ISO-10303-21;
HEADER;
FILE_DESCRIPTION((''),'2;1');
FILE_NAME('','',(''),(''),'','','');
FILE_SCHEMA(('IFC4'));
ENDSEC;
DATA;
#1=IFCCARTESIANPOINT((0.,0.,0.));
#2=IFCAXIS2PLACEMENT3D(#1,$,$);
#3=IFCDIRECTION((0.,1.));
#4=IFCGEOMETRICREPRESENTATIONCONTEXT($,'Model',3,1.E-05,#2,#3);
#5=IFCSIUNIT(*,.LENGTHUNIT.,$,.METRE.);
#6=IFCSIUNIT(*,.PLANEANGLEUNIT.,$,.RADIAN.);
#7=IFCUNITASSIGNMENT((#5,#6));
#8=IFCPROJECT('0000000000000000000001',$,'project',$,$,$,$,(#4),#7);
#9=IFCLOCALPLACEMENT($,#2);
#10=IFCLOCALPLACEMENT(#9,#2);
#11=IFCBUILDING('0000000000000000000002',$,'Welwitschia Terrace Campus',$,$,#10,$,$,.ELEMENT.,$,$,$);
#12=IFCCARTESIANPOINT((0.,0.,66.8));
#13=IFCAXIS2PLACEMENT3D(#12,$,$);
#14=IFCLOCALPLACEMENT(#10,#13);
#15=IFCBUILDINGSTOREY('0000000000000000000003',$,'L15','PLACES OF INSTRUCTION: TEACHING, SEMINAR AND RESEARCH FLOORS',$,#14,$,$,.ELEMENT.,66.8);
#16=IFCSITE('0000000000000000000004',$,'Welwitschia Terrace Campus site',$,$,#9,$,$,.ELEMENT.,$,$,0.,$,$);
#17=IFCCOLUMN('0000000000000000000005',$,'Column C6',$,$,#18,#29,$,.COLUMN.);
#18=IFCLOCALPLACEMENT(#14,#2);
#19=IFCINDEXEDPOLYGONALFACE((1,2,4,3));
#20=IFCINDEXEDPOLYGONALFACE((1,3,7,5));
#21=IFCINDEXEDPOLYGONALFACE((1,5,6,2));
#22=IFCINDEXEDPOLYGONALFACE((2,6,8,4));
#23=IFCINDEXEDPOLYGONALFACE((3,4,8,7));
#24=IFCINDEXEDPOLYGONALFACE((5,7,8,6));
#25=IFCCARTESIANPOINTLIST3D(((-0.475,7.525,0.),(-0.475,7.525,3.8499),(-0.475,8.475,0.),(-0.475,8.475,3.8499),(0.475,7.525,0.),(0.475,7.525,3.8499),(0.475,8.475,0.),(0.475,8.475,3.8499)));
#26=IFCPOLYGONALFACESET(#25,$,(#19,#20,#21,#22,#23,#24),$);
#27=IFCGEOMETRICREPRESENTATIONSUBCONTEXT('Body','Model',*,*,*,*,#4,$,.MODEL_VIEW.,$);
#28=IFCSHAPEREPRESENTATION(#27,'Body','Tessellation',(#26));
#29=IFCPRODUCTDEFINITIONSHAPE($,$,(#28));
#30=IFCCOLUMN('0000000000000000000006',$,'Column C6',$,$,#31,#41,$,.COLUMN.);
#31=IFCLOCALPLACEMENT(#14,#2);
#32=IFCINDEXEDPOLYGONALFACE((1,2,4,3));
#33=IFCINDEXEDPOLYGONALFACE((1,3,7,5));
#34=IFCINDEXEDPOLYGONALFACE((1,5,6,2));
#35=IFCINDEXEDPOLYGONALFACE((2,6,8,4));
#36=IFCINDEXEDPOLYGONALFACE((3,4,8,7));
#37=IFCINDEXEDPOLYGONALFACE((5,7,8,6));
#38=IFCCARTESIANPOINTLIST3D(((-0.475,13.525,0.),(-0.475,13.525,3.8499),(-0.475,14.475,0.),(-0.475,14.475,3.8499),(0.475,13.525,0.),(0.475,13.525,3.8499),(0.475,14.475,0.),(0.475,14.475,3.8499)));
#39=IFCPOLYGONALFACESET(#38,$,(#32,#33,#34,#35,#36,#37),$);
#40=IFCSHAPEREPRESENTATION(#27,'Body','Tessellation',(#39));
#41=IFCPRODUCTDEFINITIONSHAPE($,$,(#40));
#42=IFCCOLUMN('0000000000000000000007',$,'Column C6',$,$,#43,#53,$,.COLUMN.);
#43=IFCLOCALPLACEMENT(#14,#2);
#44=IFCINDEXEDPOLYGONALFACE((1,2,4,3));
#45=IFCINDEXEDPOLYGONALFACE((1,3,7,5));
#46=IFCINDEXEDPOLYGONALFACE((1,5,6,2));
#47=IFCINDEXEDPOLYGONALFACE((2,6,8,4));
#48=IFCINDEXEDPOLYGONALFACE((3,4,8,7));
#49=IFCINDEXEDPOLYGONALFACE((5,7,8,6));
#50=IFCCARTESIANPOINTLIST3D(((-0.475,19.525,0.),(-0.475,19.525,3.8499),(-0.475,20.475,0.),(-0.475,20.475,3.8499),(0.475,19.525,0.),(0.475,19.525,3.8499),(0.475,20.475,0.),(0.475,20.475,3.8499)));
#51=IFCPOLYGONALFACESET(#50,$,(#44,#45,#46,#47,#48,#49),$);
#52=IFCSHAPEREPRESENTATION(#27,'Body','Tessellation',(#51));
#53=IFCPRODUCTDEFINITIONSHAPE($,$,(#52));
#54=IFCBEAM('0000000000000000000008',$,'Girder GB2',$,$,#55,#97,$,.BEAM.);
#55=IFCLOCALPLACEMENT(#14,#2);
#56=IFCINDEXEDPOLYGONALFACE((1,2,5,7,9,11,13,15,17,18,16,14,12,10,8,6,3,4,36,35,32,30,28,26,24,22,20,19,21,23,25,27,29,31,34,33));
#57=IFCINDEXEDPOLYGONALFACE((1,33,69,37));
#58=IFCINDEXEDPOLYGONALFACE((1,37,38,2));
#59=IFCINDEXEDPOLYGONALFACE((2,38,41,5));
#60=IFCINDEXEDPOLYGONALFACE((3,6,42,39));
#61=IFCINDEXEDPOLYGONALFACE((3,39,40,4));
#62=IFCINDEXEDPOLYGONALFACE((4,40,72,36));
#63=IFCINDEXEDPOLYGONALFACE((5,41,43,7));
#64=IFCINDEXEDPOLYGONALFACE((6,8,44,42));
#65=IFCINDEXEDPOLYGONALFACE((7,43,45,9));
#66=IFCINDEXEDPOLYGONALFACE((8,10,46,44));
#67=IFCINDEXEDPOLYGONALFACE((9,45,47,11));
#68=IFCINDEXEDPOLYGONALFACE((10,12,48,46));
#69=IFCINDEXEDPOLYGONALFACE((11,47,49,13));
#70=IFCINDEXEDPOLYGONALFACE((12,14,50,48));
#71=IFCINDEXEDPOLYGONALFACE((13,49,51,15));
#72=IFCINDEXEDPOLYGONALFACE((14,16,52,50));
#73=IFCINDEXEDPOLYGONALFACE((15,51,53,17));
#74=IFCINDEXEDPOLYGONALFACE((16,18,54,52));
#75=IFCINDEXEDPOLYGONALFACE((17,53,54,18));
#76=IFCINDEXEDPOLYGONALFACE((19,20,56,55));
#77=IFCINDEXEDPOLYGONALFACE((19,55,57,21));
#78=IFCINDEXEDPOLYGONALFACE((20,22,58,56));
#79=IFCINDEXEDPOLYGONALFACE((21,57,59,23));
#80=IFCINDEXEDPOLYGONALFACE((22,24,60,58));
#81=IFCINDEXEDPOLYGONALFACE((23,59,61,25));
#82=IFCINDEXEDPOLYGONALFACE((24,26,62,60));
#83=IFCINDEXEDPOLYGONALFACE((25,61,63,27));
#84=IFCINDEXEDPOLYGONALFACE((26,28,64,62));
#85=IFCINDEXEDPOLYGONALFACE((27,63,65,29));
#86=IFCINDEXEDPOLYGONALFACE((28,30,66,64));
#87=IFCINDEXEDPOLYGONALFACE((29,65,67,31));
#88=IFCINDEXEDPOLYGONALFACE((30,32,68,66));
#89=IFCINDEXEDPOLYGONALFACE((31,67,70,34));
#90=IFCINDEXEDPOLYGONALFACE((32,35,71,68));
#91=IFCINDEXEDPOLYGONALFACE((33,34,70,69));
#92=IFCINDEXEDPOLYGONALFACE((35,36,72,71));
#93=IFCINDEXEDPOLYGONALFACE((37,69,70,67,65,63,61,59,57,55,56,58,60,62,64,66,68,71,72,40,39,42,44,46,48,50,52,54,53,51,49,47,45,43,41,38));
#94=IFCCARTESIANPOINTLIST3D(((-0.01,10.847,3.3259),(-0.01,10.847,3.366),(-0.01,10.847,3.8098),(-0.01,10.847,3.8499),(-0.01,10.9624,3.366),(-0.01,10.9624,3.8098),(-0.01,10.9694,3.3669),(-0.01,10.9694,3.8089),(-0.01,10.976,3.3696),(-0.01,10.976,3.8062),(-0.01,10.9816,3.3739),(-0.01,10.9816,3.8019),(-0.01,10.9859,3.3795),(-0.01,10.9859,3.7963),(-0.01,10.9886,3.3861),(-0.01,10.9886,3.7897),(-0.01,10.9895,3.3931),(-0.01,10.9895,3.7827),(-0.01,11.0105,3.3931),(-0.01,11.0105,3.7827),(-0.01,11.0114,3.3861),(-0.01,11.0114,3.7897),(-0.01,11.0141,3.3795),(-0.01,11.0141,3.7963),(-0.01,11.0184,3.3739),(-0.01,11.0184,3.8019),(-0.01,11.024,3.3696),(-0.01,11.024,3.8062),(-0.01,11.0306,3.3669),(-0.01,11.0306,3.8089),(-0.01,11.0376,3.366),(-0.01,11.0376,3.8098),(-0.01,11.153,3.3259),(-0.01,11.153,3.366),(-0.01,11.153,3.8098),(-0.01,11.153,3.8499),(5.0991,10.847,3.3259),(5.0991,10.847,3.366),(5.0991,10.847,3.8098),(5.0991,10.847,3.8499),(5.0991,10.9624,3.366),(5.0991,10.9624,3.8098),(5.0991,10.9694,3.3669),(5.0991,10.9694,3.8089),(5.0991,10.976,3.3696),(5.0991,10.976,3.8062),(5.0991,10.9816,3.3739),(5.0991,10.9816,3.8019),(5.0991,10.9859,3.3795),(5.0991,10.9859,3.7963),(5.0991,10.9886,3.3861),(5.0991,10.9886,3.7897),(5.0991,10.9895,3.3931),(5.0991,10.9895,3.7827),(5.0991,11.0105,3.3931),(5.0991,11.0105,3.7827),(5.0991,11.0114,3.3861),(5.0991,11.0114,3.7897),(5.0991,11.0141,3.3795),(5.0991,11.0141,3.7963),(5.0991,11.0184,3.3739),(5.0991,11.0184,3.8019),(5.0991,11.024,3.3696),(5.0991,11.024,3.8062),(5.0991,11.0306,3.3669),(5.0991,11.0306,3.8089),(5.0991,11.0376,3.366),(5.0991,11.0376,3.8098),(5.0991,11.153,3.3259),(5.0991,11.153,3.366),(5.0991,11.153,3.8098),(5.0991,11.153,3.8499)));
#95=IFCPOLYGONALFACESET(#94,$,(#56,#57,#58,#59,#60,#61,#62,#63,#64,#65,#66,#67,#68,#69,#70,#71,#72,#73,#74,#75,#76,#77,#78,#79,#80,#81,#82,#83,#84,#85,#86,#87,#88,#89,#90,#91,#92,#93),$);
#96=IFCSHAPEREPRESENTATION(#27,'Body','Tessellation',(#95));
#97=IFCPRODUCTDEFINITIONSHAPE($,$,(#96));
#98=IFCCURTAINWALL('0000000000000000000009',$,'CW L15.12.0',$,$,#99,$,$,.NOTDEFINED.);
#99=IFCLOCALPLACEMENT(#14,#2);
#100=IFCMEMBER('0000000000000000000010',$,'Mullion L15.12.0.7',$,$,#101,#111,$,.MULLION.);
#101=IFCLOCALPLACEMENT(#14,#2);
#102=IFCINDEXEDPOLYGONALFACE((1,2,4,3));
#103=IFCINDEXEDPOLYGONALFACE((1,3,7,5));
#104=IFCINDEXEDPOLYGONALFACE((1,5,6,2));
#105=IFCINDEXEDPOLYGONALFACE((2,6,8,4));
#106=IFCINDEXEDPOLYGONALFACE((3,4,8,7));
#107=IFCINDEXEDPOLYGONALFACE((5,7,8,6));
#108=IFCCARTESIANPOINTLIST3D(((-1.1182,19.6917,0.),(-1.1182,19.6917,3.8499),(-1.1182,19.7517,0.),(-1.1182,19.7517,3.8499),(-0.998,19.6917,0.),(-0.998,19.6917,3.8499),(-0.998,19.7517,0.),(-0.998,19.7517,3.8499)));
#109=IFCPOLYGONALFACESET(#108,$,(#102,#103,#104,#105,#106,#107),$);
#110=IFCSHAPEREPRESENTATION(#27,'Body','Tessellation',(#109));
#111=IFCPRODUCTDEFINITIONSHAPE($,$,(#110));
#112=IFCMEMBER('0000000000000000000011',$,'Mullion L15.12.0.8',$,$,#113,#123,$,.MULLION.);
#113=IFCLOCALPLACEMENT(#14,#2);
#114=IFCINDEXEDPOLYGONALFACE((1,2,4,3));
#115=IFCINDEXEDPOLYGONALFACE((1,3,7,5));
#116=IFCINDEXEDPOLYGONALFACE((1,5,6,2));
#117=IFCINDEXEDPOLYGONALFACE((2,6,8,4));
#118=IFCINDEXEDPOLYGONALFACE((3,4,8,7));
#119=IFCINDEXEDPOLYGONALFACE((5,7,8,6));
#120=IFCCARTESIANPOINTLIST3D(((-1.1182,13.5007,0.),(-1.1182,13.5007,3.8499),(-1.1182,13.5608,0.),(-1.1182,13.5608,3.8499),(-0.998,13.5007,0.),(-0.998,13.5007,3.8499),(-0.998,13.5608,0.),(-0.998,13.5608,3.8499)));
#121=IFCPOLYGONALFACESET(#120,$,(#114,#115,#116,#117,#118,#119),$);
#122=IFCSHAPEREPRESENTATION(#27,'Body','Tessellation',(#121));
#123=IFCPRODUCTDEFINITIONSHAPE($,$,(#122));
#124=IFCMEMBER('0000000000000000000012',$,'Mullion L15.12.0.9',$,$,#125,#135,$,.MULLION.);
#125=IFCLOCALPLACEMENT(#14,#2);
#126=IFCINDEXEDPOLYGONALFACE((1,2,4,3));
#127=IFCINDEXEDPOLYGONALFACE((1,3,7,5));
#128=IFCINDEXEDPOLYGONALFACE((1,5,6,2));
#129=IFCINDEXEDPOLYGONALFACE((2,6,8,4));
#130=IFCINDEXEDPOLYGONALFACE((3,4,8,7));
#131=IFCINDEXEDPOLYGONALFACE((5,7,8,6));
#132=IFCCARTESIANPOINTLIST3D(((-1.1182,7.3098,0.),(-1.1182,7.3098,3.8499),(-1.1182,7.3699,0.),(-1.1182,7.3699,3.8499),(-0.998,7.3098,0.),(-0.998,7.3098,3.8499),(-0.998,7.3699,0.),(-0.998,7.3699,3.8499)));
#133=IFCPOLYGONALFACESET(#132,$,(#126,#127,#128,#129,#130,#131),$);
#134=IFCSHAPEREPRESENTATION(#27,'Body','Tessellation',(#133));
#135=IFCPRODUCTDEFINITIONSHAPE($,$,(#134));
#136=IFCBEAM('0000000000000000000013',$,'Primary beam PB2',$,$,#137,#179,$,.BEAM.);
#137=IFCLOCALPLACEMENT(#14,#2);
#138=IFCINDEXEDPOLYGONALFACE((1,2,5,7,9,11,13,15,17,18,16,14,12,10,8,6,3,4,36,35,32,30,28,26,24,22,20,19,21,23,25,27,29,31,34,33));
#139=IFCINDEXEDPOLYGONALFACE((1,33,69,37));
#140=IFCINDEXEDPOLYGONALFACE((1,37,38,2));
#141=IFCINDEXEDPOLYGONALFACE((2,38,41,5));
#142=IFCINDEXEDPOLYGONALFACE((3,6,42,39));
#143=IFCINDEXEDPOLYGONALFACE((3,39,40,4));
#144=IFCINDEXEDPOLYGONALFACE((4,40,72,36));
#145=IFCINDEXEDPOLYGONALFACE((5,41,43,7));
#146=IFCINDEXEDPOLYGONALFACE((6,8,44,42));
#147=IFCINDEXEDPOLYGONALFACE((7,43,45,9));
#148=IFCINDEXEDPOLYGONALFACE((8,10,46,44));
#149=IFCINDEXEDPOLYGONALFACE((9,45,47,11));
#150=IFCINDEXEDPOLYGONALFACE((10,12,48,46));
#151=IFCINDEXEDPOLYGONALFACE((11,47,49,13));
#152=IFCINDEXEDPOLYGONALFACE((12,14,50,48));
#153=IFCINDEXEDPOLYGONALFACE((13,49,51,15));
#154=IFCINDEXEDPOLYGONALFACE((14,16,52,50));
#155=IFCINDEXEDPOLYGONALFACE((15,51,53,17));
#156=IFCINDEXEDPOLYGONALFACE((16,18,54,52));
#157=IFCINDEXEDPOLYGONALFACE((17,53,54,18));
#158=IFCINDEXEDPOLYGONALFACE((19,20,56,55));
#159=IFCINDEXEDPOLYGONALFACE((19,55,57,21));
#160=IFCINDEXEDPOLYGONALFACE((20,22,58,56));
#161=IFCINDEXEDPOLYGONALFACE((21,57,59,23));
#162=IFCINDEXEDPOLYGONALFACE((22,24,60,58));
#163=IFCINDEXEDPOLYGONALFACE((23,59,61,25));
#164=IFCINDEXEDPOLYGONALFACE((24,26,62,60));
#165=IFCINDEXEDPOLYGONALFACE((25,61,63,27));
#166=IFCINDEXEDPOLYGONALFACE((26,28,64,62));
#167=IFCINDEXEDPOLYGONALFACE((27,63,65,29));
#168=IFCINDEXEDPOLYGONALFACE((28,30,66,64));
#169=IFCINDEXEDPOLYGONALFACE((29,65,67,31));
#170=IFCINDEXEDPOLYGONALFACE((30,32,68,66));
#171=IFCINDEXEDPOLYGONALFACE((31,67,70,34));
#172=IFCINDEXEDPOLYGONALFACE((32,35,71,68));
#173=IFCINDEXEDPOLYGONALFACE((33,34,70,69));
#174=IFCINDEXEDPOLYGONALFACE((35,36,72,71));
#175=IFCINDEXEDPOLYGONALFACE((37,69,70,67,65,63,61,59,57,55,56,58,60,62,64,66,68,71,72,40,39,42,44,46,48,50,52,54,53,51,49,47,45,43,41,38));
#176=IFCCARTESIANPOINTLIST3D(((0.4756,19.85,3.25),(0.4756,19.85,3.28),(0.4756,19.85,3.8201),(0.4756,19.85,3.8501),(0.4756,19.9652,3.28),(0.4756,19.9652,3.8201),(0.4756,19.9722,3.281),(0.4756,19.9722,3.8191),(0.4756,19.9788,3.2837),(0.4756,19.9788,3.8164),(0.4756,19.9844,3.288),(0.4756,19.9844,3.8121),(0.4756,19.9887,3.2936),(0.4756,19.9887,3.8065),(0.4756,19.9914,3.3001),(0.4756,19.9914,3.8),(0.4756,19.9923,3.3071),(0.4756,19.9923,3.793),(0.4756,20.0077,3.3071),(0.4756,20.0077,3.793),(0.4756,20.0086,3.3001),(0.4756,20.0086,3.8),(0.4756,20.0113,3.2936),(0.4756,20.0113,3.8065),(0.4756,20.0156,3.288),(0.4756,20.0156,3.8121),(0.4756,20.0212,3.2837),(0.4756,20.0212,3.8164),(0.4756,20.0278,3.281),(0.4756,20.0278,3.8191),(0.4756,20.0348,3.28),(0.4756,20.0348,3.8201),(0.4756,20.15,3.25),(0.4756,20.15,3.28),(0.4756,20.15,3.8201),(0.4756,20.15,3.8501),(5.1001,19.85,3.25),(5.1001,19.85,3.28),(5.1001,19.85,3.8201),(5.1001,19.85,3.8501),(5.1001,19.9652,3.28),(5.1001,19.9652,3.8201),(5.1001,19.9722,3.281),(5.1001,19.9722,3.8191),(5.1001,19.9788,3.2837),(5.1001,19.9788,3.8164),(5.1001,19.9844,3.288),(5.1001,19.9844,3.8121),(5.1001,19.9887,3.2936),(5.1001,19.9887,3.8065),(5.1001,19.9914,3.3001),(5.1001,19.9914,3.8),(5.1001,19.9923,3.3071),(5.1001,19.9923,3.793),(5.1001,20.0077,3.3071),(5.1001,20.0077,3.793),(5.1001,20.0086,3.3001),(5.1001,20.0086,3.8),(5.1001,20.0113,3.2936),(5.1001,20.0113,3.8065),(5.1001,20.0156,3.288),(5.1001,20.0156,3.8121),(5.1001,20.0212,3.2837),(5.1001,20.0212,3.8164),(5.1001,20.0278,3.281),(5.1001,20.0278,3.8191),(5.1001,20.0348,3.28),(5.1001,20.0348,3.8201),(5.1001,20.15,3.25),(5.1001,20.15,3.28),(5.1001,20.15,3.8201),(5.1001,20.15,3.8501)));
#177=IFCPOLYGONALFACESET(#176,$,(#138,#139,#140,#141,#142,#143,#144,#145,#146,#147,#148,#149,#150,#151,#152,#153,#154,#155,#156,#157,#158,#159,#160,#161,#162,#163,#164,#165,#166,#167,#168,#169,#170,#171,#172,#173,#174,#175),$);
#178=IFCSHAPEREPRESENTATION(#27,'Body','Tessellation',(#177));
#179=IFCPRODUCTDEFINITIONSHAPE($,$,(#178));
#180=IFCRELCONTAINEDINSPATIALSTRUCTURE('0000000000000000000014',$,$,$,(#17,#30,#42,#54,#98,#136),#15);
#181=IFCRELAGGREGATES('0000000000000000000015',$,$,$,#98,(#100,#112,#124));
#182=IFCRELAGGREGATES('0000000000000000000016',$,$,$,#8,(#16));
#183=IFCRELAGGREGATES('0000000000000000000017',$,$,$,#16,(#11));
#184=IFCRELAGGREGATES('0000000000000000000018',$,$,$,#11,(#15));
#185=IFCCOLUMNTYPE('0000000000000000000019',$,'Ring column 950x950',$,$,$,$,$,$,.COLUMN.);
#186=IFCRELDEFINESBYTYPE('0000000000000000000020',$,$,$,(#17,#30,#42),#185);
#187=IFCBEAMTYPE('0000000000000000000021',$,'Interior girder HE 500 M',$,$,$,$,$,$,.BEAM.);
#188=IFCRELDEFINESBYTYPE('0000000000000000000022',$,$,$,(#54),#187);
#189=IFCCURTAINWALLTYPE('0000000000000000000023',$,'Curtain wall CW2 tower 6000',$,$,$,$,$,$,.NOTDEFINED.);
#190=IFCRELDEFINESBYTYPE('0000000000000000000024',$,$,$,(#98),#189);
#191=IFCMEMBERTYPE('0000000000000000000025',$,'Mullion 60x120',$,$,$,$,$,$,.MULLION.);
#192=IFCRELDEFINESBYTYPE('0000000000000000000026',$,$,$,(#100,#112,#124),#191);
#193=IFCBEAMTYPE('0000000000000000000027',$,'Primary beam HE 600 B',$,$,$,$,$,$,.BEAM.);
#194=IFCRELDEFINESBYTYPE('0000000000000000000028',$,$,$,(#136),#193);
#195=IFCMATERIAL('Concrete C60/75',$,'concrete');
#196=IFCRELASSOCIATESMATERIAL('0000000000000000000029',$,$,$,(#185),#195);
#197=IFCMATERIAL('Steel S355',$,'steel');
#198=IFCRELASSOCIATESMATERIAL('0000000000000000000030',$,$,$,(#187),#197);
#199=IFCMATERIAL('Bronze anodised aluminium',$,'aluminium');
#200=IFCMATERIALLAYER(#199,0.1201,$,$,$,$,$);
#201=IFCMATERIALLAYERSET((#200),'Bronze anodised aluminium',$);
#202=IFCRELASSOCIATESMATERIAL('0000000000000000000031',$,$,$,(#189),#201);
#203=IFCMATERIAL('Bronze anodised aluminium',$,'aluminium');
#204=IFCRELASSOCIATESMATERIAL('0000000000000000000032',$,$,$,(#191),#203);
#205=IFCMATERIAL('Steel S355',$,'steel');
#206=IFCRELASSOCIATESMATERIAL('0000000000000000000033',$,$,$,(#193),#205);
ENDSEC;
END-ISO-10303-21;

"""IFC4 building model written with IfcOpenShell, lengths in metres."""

from ifc_helpers import new_model, si_unit, direction, frame, origin, origin_2d, place, context, subcontext, project, spatial, rectangle, i_section, extrude, material, layer, layer_set, material_profile, profile_set, type_object, element, aggregate, save


model = new_model("IFC4")

# Units and contexts
model_context = context("Model", 3, precision=1e-05, world=origin(), true_north=direction((0.0, 1.0)))
body_context = subcontext(model_context, "Body", "Model", "MODEL_VIEW")
ifc_project = project(units=[si_unit("LENGTHUNIT", "METRE"), si_unit("PLANEANGLEUNIT", "RADIAN")], contexts=[model_context])

# Site, building, storey
site_placement = place(None, origin())
site = spatial("IfcSite", under=ifc_project, at=site_placement, Name="Welwitschia Terrace Campus site", CompositionType="ELEMENT", RefElevation=0.0)
building_placement = place(site_placement, origin())
building = spatial("IfcBuilding", under=site, at=building_placement, Name="Welwitschia Terrace Campus", CompositionType="ELEMENT")
storey_placement = place(building_placement, frame((0.0, 0.0, 66.8)))
storey = spatial("IfcBuildingStorey", under=building, at=storey_placement, Name="L15", Description="PLACES OF INSTRUCTION: TEACHING, SEMINAR AND RESEARCH FLOORS", CompositionType="ELEMENT", Elevation=66.8)

# Columns
ifc_material_1 = material(Name="Concrete C60/75", Category="concrete")
ifc_material_profile_1 = material_profile(ifc_material_1, rectangle(XDim=0.95, YDim=0.95, at=origin_2d()))
ifc_profile_set_1 = profile_set([ifc_material_profile_1], Name="Concrete C60/75")
column_type = type_object("IfcColumnType", Name="Ring column 950x950", PredefinedType="COLUMN", material=ifc_profile_set_1)
for number, where, z_axis, x_axis, name in (
    (1, (0.0, 8.0, 0.0), (0.0, 0.0, 1.0), (1.0, 0.0, 0.0), "Column C6"),
    (2, (0.0, 14.0, 0.0), (0.0, 0.0, 1.0), (1.0, 0.0, 0.0), "Column C6"),
    (3, (0.0, 20.0, 0.0), (0.0, 0.0, 1.0), (1.0, 0.0, 0.0), "Column C6"),
):
    element("IfcColumn", number, at=place(storey_placement, frame(where, z_axis=z_axis, x_axis=x_axis)), inside=storey, type_object=column_type, Name=name, PredefinedType="COLUMN", context=body_context, shape_type="SweptSolid", body=[
        extrude(rectangle(XDim=0.95, YDim=0.95, at=origin_2d()), origin(), (0.0, 0.0, 1.0), 3.8499),
    ])

# Beam
ifc_material_2 = material(Name="Steel S355", Category="steel")
ifc_material_profile_2 = material_profile(ifc_material_2, i_section(OverallWidth=0.3059, OverallDepth=0.5239, WebThickness=0.021, FlangeThickness=0.04, FilletRadius=0.0271, at=origin_2d()))
ifc_profile_set_2 = profile_set([ifc_material_profile_2], Name="Steel S355")
beam_type_1 = type_object("IfcBeamType", Name="Interior girder HE 500 M", PredefinedType="BEAM", material=ifc_profile_set_2)
beam_1_placement = place(storey_placement, frame((-0.01, 11.0, 3.5879), z_axis=(1.0, 0.0, 0.0), x_axis=(0.0, 1.0, 0.0)))
element("IfcBeam", 4, at=beam_1_placement, inside=storey, type_object=beam_type_1, Name="Girder GB2", PredefinedType="BEAM", context=body_context, shape_type="SweptSolid", body=[
    extrude(i_section(OverallWidth=0.3059, OverallDepth=0.5239, WebThickness=0.021, FlangeThickness=0.04, FilletRadius=0.0271, at=origin_2d()), origin(), (0.0, 0.0, 1.0), 5.1091),
])

# Curtain wall, members
ifc_material_3 = material(Name="Bronze anodised aluminium", Category="aluminium")
ifc_layer_1 = layer(ifc_material_3, 0.1201)
ifc_layer_set_1 = layer_set([ifc_layer_1], Name="Bronze anodised aluminium")
curtain_wall_type = type_object("IfcCurtainWallType", Name="Curtain wall CW2 tower 6000", PredefinedType="NOTDEFINED", material=ifc_layer_set_1)
curtain_wall_placement = place(storey_placement, origin())
curtain_wall = element("IfcCurtainWall", 5, at=curtain_wall_placement, inside=storey, type_object=curtain_wall_type, Name="CW L15.12.0", PredefinedType="NOTDEFINED")
ifc_material_4 = material(Name="Bronze anodised aluminium", Category="aluminium")
ifc_material_profile_3 = material_profile(ifc_material_4, rectangle(XDim=0.1201, YDim=0.0601, at=origin_2d()))
ifc_profile_set_3 = profile_set([ifc_material_profile_3], Name="Bronze anodised aluminium")
member_type = type_object("IfcMemberType", Name="Mullion 60x120", PredefinedType="MULLION", material=ifc_profile_set_3)
member_1_placement = place(storey_placement, frame((-1.0581, 19.7217, 0.0), z_axis=(0.0, 0.0, 1.0), x_axis=(1.0, 0.0, 0.0)))
member_1 = element("IfcMember", 6, at=member_1_placement, type_object=member_type, Name="Mullion L15.12.0.7", PredefinedType="MULLION", context=body_context, shape_type="SweptSolid", body=[
    extrude(rectangle(XDim=0.1201, YDim=0.0601, at=origin_2d()), origin(), (0.0, 0.0, 1.0), 3.8499),
])
member_2_placement = place(storey_placement, frame((-1.0581, 13.5308, 0.0), z_axis=(0.0, 0.0, 1.0), x_axis=(1.0, 0.0, 0.0)))
member_2 = element("IfcMember", 7, at=member_2_placement, type_object=member_type, Name="Mullion L15.12.0.8", PredefinedType="MULLION", context=body_context, shape_type="SweptSolid", body=[
    extrude(rectangle(XDim=0.1201, YDim=0.0601, at=origin_2d()), origin(), (0.0, 0.0, 1.0), 3.8499),
])
member_3_placement = place(storey_placement, frame((-1.0581, 7.3398, 0.0), z_axis=(0.0, 0.0, 1.0), x_axis=(1.0, 0.0, 0.0)))
member_3 = element("IfcMember", 8, at=member_3_placement, type_object=member_type, Name="Mullion L15.12.0.9", PredefinedType="MULLION", context=body_context, shape_type="SweptSolid", body=[
    extrude(rectangle(XDim=0.1201, YDim=0.0601, at=origin_2d()), origin(), (0.0, 0.0, 1.0), 3.8499),
])

# Beam
ifc_material_5 = material(Name="Steel S355", Category="steel")
ifc_material_profile_4 = material_profile(ifc_material_5, i_section(OverallWidth=0.3, OverallDepth=0.6001, WebThickness=0.0154, FlangeThickness=0.03, FilletRadius=0.0271, at=origin_2d()))
ifc_profile_set_4 = profile_set([ifc_material_profile_4], Name="Steel S355")
beam_type_2 = type_object("IfcBeamType", Name="Primary beam HE 600 B", PredefinedType="BEAM", material=ifc_profile_set_4)
for number, where, z_axis, x_axis, name in (
    (9, (0.4756, 20.0, 3.55), (1.0, 0.0, 0.0), (0.0, 1.0, 0.0), "Primary beam PB2"),
):
    element("IfcBeam", number, at=place(storey_placement, frame(where, z_axis=z_axis, x_axis=x_axis)), inside=storey, type_object=beam_type_2, Name=name, PredefinedType="BEAM", context=body_context, shape_type="SweptSolid", body=[
        extrude(i_section(OverallWidth=0.3, OverallDepth=0.6001, WebThickness=0.0154, FlangeThickness=0.03, FilletRadius=0.0271, at=origin_2d()), origin(), (0.0, 0.0, 1.0), 4.6245),
    ])

aggregate(curtain_wall, [member_1, member_2, member_3])

save(model, "model.ifc")
